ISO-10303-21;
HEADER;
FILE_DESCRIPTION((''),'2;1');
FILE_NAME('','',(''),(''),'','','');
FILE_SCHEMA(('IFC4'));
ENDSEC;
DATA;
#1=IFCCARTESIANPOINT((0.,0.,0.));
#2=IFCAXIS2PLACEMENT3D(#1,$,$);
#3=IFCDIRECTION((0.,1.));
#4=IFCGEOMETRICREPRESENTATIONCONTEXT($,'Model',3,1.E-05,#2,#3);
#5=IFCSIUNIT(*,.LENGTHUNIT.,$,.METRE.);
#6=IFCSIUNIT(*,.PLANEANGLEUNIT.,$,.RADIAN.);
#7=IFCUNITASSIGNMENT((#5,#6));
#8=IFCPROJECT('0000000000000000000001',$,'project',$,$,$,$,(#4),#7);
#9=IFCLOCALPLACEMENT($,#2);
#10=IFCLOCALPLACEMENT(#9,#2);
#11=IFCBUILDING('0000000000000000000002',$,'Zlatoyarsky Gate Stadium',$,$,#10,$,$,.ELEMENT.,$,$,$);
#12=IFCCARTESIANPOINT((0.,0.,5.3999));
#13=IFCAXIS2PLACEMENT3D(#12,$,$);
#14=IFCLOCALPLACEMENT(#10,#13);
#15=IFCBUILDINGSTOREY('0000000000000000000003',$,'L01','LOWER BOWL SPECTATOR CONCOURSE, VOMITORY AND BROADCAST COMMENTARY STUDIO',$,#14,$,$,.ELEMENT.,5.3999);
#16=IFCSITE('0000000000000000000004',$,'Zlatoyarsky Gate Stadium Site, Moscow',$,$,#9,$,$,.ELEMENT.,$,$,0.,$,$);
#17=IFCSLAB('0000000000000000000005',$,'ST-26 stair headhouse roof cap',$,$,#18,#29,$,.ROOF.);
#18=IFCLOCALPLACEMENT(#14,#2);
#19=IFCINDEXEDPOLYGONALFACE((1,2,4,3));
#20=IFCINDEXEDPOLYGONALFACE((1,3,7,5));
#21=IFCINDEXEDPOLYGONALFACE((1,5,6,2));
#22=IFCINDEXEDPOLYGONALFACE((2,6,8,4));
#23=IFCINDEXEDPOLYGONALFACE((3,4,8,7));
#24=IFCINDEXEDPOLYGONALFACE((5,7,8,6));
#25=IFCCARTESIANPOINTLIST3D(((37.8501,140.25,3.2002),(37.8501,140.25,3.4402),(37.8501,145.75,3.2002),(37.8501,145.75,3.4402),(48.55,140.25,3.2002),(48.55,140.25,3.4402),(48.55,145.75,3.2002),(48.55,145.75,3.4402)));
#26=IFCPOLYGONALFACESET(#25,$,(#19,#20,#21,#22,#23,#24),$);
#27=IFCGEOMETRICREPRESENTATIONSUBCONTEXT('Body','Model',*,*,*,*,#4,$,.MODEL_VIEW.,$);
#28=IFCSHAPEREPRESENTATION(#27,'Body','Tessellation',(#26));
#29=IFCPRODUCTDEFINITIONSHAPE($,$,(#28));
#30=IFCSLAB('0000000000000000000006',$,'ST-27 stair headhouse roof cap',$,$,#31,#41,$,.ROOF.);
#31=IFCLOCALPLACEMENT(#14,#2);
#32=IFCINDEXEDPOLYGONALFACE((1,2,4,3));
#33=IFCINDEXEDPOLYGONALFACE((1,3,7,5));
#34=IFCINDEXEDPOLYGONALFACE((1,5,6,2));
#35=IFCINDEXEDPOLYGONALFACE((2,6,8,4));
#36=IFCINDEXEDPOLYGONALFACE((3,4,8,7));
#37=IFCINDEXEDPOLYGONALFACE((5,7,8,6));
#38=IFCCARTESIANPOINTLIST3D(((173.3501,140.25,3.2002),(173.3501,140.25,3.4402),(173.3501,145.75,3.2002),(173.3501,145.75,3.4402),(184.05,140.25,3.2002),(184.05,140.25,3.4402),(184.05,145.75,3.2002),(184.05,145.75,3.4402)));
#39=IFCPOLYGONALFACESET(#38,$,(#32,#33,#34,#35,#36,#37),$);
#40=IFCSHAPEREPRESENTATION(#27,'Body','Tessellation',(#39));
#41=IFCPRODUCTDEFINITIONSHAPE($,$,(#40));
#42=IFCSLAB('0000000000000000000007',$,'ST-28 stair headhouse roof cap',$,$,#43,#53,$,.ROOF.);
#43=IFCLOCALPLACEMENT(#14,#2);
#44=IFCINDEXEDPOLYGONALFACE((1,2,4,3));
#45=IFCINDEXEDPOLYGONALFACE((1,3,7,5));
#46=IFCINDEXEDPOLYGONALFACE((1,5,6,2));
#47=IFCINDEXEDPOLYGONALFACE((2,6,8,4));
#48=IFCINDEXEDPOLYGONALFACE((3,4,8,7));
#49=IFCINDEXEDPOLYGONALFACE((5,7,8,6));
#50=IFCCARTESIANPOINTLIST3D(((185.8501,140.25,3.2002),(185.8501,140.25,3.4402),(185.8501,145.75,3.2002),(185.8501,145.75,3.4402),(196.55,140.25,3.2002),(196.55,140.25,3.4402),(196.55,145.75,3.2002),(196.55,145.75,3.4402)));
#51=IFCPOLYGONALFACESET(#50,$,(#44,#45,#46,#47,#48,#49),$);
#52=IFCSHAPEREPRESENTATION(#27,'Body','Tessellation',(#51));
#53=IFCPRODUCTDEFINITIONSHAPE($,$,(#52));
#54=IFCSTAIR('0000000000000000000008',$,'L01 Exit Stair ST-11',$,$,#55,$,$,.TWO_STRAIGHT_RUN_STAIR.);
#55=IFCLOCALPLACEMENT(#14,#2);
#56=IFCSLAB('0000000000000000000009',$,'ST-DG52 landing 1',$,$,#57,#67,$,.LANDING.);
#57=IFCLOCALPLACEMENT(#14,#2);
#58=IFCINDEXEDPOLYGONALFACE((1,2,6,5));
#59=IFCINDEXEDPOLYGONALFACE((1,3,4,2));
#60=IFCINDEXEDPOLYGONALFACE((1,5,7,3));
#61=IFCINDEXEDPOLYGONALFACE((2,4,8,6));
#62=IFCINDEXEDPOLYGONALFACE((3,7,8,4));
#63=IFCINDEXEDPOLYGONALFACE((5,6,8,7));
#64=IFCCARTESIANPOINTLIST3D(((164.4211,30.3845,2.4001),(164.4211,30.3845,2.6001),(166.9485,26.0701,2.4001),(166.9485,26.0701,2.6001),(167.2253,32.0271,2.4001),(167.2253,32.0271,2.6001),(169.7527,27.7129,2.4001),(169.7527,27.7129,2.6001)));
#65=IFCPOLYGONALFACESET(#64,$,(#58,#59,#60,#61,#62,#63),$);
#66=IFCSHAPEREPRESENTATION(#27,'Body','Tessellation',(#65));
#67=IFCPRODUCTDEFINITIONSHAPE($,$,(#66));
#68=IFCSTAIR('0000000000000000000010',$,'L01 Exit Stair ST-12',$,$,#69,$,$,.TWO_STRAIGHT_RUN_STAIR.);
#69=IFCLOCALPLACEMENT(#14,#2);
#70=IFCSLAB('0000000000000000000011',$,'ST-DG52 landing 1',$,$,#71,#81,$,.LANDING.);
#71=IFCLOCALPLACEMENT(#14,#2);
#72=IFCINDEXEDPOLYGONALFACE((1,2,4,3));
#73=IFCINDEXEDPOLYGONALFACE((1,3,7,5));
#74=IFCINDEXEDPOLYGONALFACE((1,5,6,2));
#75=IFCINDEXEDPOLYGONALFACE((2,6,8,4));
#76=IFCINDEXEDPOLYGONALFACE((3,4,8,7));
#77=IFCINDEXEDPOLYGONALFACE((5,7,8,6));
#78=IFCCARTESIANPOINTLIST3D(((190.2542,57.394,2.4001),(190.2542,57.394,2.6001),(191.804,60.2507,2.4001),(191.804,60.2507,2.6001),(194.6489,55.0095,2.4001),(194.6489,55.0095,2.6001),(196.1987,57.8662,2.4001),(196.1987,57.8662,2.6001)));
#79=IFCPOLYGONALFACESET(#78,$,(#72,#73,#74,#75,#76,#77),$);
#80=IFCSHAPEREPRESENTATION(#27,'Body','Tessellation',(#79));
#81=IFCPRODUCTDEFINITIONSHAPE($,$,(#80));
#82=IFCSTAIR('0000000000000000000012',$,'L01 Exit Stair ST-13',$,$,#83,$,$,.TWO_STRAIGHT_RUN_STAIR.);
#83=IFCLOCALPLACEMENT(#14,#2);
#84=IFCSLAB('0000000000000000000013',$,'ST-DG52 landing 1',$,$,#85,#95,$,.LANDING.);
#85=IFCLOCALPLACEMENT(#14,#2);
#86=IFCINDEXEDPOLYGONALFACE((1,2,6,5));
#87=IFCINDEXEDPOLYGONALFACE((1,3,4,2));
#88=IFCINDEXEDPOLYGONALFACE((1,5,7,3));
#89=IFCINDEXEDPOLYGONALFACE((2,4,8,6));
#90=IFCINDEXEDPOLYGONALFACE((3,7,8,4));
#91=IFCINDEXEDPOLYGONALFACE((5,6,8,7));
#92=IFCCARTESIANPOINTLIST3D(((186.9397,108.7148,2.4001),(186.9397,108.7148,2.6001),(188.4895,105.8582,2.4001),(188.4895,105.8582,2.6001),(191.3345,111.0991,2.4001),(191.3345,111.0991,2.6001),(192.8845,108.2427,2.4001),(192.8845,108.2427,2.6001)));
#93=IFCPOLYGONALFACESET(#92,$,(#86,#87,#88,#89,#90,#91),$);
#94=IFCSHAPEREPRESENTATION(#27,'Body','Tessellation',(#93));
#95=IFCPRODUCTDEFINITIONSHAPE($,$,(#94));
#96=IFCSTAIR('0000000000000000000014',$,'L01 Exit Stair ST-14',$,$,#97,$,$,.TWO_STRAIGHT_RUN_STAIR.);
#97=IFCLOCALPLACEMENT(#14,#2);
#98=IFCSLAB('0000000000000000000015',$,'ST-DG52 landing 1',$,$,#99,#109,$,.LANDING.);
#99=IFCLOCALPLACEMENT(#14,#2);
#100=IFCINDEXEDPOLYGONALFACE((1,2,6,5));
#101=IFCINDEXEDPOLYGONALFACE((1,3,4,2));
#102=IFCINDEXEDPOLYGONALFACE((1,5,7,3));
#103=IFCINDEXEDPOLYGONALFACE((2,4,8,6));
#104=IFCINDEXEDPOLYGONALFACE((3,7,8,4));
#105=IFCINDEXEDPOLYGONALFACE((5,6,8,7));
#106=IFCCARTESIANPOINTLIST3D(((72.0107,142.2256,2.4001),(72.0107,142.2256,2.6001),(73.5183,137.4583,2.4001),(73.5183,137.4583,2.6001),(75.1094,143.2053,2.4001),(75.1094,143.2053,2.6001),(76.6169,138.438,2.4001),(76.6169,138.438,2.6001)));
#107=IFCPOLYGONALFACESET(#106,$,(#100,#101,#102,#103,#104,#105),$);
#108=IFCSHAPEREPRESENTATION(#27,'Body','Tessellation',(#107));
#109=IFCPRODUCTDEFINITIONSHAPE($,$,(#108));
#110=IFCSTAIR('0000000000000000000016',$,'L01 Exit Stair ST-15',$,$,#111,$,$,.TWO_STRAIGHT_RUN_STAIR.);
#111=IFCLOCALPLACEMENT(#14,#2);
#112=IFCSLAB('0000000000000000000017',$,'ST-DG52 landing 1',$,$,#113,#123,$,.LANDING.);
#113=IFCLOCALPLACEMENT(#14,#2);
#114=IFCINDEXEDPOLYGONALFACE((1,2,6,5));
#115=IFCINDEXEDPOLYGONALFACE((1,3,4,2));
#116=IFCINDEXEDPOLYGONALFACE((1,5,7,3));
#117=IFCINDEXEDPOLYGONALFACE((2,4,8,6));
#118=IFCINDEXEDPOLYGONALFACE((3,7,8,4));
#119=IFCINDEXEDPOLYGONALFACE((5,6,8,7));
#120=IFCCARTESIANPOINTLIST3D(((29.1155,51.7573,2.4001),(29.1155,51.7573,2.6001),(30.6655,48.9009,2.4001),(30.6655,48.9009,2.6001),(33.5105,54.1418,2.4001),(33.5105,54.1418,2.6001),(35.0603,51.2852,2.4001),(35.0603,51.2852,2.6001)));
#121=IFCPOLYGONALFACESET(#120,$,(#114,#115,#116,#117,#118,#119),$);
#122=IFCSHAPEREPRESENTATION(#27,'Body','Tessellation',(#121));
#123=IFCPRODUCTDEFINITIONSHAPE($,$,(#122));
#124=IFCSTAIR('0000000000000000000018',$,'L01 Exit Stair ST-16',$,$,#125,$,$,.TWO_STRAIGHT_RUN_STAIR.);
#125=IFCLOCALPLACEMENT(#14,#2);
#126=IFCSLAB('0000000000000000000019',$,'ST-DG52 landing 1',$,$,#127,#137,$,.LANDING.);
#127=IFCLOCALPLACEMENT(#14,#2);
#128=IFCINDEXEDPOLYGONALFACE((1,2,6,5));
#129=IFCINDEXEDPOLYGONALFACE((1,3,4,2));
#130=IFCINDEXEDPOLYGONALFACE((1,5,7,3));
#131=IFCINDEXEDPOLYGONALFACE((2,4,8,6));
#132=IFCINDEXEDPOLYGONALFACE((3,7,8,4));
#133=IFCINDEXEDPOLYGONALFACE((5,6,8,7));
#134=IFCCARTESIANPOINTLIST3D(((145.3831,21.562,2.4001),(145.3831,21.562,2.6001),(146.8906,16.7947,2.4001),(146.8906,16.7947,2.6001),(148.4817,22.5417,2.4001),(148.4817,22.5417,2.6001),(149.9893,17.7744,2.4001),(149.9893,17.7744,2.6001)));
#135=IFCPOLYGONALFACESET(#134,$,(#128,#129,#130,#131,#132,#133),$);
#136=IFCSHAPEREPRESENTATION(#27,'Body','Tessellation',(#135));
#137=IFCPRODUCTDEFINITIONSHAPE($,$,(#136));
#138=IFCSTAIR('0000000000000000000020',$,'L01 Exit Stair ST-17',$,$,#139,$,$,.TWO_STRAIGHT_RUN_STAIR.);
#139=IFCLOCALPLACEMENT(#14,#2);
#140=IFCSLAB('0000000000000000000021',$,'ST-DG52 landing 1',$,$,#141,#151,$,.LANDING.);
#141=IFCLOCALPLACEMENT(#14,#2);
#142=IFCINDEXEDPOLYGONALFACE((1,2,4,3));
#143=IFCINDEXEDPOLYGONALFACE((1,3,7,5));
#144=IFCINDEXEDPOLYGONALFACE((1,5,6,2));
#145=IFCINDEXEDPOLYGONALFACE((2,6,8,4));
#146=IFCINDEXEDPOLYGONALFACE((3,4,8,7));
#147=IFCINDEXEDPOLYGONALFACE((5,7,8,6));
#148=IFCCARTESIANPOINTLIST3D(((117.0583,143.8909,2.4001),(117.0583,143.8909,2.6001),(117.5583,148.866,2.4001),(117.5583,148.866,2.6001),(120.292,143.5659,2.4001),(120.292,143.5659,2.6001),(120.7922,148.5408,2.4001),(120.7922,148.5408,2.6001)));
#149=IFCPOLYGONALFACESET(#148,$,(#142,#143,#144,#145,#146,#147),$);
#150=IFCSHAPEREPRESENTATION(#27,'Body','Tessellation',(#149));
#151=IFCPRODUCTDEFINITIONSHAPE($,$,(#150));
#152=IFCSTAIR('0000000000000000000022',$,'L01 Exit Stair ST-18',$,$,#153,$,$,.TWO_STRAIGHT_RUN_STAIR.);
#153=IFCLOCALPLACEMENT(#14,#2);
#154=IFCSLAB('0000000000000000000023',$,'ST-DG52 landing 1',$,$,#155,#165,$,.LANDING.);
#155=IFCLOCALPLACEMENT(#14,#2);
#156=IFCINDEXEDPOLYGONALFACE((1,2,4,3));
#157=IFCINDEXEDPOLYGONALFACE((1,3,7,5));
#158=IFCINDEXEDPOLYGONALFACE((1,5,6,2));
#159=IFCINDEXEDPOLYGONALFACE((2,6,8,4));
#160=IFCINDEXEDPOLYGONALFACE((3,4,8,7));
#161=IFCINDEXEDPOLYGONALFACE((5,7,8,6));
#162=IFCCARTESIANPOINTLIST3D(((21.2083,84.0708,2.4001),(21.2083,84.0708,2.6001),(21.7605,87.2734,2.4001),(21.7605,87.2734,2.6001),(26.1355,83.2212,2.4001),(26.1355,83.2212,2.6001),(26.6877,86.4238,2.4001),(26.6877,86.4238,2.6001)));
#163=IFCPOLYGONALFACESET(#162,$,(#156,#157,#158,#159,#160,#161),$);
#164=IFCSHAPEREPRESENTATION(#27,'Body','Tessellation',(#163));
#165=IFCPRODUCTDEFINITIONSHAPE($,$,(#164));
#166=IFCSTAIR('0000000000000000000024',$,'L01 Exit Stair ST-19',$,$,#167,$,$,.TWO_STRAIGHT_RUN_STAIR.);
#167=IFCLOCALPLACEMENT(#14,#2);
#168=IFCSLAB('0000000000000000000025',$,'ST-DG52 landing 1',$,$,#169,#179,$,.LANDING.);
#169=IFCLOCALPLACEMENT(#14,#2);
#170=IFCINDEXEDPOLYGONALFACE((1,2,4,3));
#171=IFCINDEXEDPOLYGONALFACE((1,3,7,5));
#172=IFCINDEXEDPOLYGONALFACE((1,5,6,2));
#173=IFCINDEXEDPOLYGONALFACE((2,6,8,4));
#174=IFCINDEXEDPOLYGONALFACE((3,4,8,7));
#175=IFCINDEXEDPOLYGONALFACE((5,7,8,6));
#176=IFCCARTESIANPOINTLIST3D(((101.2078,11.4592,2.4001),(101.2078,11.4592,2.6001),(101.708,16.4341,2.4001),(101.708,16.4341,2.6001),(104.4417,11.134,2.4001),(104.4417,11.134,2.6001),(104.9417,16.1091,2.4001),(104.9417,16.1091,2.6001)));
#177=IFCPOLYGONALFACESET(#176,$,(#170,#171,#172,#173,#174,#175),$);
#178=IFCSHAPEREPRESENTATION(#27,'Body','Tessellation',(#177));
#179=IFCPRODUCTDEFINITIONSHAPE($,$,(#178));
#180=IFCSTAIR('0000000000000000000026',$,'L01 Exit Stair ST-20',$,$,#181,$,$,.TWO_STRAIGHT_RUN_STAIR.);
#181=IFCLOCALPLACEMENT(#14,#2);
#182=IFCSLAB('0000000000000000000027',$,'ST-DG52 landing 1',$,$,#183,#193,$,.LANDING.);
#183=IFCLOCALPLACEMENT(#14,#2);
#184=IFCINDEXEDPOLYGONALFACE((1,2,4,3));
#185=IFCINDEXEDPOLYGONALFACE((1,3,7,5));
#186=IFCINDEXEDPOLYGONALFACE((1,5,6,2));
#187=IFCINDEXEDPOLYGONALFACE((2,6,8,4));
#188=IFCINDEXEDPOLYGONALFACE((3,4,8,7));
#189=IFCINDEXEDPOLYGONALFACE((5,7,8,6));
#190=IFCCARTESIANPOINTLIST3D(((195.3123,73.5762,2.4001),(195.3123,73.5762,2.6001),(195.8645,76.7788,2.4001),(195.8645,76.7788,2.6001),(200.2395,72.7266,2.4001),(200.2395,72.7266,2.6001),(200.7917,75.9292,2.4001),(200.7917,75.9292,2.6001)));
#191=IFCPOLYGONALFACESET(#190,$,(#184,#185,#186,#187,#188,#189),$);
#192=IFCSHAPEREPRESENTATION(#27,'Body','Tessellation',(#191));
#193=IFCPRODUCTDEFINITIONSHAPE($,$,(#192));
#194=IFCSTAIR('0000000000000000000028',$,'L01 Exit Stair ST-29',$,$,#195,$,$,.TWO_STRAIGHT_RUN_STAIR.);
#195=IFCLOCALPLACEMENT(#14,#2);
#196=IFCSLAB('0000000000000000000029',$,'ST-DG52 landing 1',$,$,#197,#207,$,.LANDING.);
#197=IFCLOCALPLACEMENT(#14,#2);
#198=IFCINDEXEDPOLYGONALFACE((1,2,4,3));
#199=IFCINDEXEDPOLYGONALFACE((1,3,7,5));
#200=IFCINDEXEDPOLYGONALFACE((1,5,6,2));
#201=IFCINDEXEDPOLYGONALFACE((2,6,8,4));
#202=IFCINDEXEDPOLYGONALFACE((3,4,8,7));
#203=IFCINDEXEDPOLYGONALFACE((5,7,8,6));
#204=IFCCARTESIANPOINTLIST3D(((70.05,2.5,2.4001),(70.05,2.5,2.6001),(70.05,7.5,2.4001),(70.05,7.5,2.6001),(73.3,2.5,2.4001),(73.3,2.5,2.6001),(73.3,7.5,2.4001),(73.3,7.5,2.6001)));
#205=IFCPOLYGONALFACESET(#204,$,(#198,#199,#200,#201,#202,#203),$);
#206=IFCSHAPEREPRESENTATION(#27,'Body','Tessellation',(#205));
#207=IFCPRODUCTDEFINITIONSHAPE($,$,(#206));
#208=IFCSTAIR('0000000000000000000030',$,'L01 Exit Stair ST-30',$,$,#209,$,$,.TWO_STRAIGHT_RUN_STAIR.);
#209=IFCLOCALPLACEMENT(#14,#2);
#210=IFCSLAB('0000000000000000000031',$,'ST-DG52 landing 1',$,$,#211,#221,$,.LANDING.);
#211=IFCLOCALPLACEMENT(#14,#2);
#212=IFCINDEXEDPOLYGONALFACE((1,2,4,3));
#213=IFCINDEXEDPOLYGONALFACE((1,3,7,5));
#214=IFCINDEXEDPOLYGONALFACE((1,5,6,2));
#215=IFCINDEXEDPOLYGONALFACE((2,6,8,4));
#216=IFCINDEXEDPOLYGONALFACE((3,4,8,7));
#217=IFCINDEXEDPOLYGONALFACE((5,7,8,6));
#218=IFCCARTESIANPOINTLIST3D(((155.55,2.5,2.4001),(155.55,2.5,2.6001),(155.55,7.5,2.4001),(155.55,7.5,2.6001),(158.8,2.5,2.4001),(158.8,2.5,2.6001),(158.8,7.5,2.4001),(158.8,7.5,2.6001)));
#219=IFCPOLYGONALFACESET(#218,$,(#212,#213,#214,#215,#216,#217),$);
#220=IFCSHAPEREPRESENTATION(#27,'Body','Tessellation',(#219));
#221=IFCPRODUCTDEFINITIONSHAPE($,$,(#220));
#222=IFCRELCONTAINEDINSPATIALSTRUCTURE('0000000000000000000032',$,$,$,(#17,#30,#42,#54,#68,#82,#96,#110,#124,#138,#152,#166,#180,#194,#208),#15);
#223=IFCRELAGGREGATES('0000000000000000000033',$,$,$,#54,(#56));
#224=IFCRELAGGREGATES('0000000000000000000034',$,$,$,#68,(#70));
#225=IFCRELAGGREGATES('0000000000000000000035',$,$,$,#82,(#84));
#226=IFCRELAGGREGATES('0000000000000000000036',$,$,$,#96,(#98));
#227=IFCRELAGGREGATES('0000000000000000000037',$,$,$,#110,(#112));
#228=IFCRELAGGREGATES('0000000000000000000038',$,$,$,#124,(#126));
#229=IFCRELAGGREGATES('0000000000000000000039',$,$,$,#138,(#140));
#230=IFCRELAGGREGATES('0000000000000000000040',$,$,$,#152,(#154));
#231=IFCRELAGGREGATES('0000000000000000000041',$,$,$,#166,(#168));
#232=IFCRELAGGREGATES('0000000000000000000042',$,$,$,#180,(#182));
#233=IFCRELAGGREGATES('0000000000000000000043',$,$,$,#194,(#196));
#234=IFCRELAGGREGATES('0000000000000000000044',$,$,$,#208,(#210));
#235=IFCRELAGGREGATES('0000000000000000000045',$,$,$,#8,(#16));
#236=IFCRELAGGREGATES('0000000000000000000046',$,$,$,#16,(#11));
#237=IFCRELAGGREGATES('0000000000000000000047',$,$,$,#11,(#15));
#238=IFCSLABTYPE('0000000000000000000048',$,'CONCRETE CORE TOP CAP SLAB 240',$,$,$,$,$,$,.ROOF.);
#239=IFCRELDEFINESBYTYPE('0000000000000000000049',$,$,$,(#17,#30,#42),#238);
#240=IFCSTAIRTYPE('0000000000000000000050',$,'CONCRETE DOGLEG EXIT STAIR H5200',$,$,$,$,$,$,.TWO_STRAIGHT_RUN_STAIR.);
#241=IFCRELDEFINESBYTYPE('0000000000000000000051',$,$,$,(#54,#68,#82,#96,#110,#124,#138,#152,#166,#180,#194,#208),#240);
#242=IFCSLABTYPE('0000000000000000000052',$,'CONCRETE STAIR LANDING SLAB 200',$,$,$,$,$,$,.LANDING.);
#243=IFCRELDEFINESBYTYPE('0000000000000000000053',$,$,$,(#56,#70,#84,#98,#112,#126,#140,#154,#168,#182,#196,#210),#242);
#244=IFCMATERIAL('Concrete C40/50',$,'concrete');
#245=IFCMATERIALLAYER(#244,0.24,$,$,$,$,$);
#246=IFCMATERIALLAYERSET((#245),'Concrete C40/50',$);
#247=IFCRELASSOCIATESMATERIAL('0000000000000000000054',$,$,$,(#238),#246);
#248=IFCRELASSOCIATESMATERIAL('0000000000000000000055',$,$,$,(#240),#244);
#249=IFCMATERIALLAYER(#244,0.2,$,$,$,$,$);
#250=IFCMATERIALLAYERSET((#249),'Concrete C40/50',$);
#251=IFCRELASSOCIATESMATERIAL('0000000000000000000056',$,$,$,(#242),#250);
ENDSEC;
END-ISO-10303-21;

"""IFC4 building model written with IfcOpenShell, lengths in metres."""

from ifc_helpers import new_model, si_unit, direction, frame, origin, place, context, subcontext, project, spatial, polyline, outline, extrude, material, layer, layer_set, type_object, element, aggregate, save


model = new_model("IFC4")

# Units and contexts
model_context = context("Model", 3, precision=1e-05, world=origin(), true_north=direction((0.0, 1.0)))
body_context = subcontext(model_context, "Body", "Model", "MODEL_VIEW")
ifc_project = project(units=[si_unit("LENGTHUNIT", "METRE"), si_unit("PLANEANGLEUNIT", "RADIAN")], contexts=[model_context])

# Site, building, storey
site_placement = place(None, origin())
site = spatial("IfcSite", under=ifc_project, at=site_placement, Name="Zlatoyarsky Gate Stadium Site, Moscow", CompositionType="ELEMENT", RefElevation=0.0)
building_placement = place(site_placement, origin())
building = spatial("IfcBuilding", under=site, at=building_placement, Name="Zlatoyarsky Gate Stadium", CompositionType="ELEMENT")
storey_placement = place(building_placement, frame((0.0, 0.0, 5.3999)))
storey = spatial("IfcBuildingStorey", under=building, at=storey_placement, Name="L01", Description="LOWER BOWL SPECTATOR CONCOURSE, VOMITORY AND BROADCAST COMMENTARY STUDIO", CompositionType="ELEMENT", Elevation=5.3999)

# Slabs
ifc_material_1 = material(Name="Concrete C40/50", Category="concrete")
ifc_layer_1 = layer(ifc_material_1, 0.24)
ifc_layer_set_1 = layer_set([ifc_layer_1], Name="Concrete C40/50")
slab_type_1 = type_object("IfcSlabType", Name="CONCRETE CORE TOP CAP SLAB 240", PredefinedType="ROOF", material=ifc_layer_set_1)
slab_1_placement = place(storey_placement, frame((0.0, 0.0, 3.2002)))
element("IfcSlab", 1, at=slab_1_placement, inside=storey, type_object=slab_type_1, Name="ST-26 stair headhouse roof cap", PredefinedType="ROOF", context=body_context, shape_type="SweptSolid", body=[
    extrude(outline(polyline([(37.8501, 140.25), (48.55, 140.25), (48.55, 145.75), (37.8501, 145.75), (37.8501, 140.25)])), origin(), (0.0, 0.0, 1.0), 0.24),
])
slab_2_placement = place(storey_placement, frame((0.0, 0.0, 3.2002)))
element("IfcSlab", 2, at=slab_2_placement, inside=storey, type_object=slab_type_1, Name="ST-27 stair headhouse roof cap", PredefinedType="ROOF", context=body_context, shape_type="SweptSolid", body=[
    extrude(outline(polyline([(173.3501, 140.25), (184.05, 140.25), (184.05, 145.75), (173.3501, 145.75), (173.3501, 140.25)])), origin(), (0.0, 0.0, 1.0), 0.24),
])
slab_3_placement = place(storey_placement, frame((0.0, 0.0, 3.2002)))
element("IfcSlab", 3, at=slab_3_placement, inside=storey, type_object=slab_type_1, Name="ST-28 stair headhouse roof cap", PredefinedType="ROOF", context=body_context, shape_type="SweptSolid", body=[
    extrude(outline(polyline([(185.8501, 140.25), (196.55, 140.25), (196.55, 145.75), (185.8501, 145.75), (185.8501, 140.25)])), origin(), (0.0, 0.0, 1.0), 0.24),
])

# Stairs, slabs
stair_type = type_object("IfcStairType", Name="CONCRETE DOGLEG EXIT STAIR H5200", PredefinedType="TWO_STRAIGHT_RUN_STAIR", material=ifc_material_1)
stair_1_placement = place(storey_placement, origin())
stair_1 = element("IfcStair", 4, at=stair_1_placement, inside=storey, type_object=stair_type, Name="L01 Exit Stair ST-11", PredefinedType="TWO_STRAIGHT_RUN_STAIR")
ifc_layer_2 = layer(ifc_material_1, 0.2)
ifc_layer_set_2 = layer_set([ifc_layer_2], Name="Concrete C40/50")
slab_type_2 = type_object("IfcSlabType", Name="CONCRETE STAIR LANDING SLAB 200", PredefinedType="LANDING", material=ifc_layer_set_2)
slab_4_placement = place(storey_placement, frame((0.0, 0.0, 2.4001)))
slab_4 = element("IfcSlab", 5, at=slab_4_placement, type_object=slab_type_2, Name="ST-DG52 landing 1", PredefinedType="LANDING", context=body_context, shape_type="SweptSolid", body=[
    extrude(outline(polyline([(166.9485, 26.0701), (169.7527, 27.7129), (167.2253, 32.0271), (164.4211, 30.3845), (166.9485, 26.0701)])), origin(), (0.0, 0.0, 1.0), 0.2),
])
aggregate(stair_1, [slab_4])
stair_2_placement = place(storey_placement, origin())
stair_2 = element("IfcStair", 6, at=stair_2_placement, inside=storey, type_object=stair_type, Name="L01 Exit Stair ST-12", PredefinedType="TWO_STRAIGHT_RUN_STAIR")
slab_5_placement = place(storey_placement, frame((0.0, 0.0, 2.4001)))
slab_5 = element("IfcSlab", 7, at=slab_5_placement, type_object=slab_type_2, Name="ST-DG52 landing 1", PredefinedType="LANDING", context=body_context, shape_type="SweptSolid", body=[
    extrude(outline(polyline([(194.6489, 55.0095), (196.1987, 57.8662), (191.804, 60.2507), (190.2542, 57.394), (194.6489, 55.0095)])), origin(), (0.0, 0.0, 1.0), 0.2),
])
aggregate(stair_2, [slab_5])
stair_3_placement = place(storey_placement, origin())
stair_3 = element("IfcStair", 8, at=stair_3_placement, inside=storey, type_object=stair_type, Name="L01 Exit Stair ST-13", PredefinedType="TWO_STRAIGHT_RUN_STAIR")
slab_6_placement = place(storey_placement, frame((0.0, 0.0, 2.4001)))
slab_6 = element("IfcSlab", 9, at=slab_6_placement, type_object=slab_type_2, Name="ST-DG52 landing 1", PredefinedType="LANDING", context=body_context, shape_type="SweptSolid", body=[
    extrude(outline(polyline([(192.8845, 108.2427), (191.3345, 111.0991), (186.9397, 108.7148), (188.4895, 105.8582), (192.8845, 108.2427)])), origin(), (0.0, 0.0, 1.0), 0.2),
])
aggregate(stair_3, [slab_6])
stair_4_placement = place(storey_placement, origin())
stair_4 = element("IfcStair", 10, at=stair_4_placement, inside=storey, type_object=stair_type, Name="L01 Exit Stair ST-14", PredefinedType="TWO_STRAIGHT_RUN_STAIR")
slab_7_placement = place(storey_placement, frame((0.0, 0.0, 2.4001)))
slab_7 = element("IfcSlab", 11, at=slab_7_placement, type_object=slab_type_2, Name="ST-DG52 landing 1", PredefinedType="LANDING", context=body_context, shape_type="SweptSolid", body=[
    extrude(outline(polyline([(75.1094, 143.2053), (72.0107, 142.2256), (73.5183, 137.4583), (76.6169, 138.438), (75.1094, 143.2053)])), origin(), (0.0, 0.0, 1.0), 0.2),
])
aggregate(stair_4, [slab_7])
stair_5_placement = place(storey_placement, origin())
stair_5 = element("IfcStair", 12, at=stair_5_placement, inside=storey, type_object=stair_type, Name="L01 Exit Stair ST-15", PredefinedType="TWO_STRAIGHT_RUN_STAIR")
slab_8_placement = place(storey_placement, frame((0.0, 0.0, 2.4001)))
slab_8 = element("IfcSlab", 13, at=slab_8_placement, type_object=slab_type_2, Name="ST-DG52 landing 1", PredefinedType="LANDING", context=body_context, shape_type="SweptSolid", body=[
    extrude(outline(polyline([(29.1155, 51.7573), (30.6655, 48.9009), (35.0603, 51.2852), (33.5105, 54.1418), (29.1155, 51.7573)])), origin(), (0.0, 0.0, 1.0), 0.2),
])
aggregate(stair_5, [slab_8])
stair_6_placement = place(storey_placement, origin())
stair_6 = element("IfcStair", 14, at=stair_6_placement, inside=storey, type_object=stair_type, Name="L01 Exit Stair ST-16", PredefinedType="TWO_STRAIGHT_RUN_STAIR")
slab_9_placement = place(storey_placement, frame((0.0, 0.0, 2.4001)))
slab_9 = element("IfcSlab", 15, at=slab_9_placement, type_object=slab_type_2, Name="ST-DG52 landing 1", PredefinedType="LANDING", context=body_context, shape_type="SweptSolid", body=[
    extrude(outline(polyline([(146.8906, 16.7947), (149.9893, 17.7744), (148.4817, 22.5417), (145.3831, 21.562), (146.8906, 16.7947)])), origin(), (0.0, 0.0, 1.0), 0.2),
])
aggregate(stair_6, [slab_9])
stair_7_placement = place(storey_placement, origin())
stair_7 = element("IfcStair", 16, at=stair_7_placement, inside=storey, type_object=stair_type, Name="L01 Exit Stair ST-17", PredefinedType="TWO_STRAIGHT_RUN_STAIR")
slab_10_placement = place(storey_placement, frame((0.0, 0.0, 2.4001)))
slab_10 = element("IfcSlab", 17, at=slab_10_placement, type_object=slab_type_2, Name="ST-DG52 landing 1", PredefinedType="LANDING", context=body_context, shape_type="SweptSolid", body=[
    extrude(outline(polyline([(120.7922, 148.5408), (117.5583, 148.866), (117.0583, 143.8909), (120.292, 143.5659), (120.7922, 148.5408)])), origin(), (0.0, 0.0, 1.0), 0.2),
])
aggregate(stair_7, [slab_10])
stair_8_placement = place(storey_placement, origin())
stair_8 = element("IfcStair", 18, at=stair_8_placement, inside=storey, type_object=stair_type, Name="L01 Exit Stair ST-18", PredefinedType="TWO_STRAIGHT_RUN_STAIR")
slab_11_placement = place(storey_placement, frame((0.0, 0.0, 2.4001)))
slab_11 = element("IfcSlab", 19, at=slab_11_placement, type_object=slab_type_2, Name="ST-DG52 landing 1", PredefinedType="LANDING", context=body_context, shape_type="SweptSolid", body=[
    extrude(outline(polyline([(21.7605, 87.2734), (21.2083, 84.0708), (26.1355, 83.2212), (26.6877, 86.4238), (21.7605, 87.2734)])), origin(), (0.0, 0.0, 1.0), 0.2),
])
aggregate(stair_8, [slab_11])
stair_9_placement = place(storey_placement, origin())
stair_9 = element("IfcStair", 20, at=stair_9_placement, inside=storey, type_object=stair_type, Name="L01 Exit Stair ST-19", PredefinedType="TWO_STRAIGHT_RUN_STAIR")
slab_12_placement = place(storey_placement, frame((0.0, 0.0, 2.4001)))
slab_12 = element("IfcSlab", 21, at=slab_12_placement, type_object=slab_type_2, Name="ST-DG52 landing 1", PredefinedType="LANDING", context=body_context, shape_type="SweptSolid", body=[
    extrude(outline(polyline([(101.2078, 11.4592), (104.4417, 11.134), (104.9417, 16.1091), (101.708, 16.4341), (101.2078, 11.4592)])), origin(), (0.0, 0.0, 1.0), 0.2),
])
aggregate(stair_9, [slab_12])
stair_10_placement = place(storey_placement, origin())
stair_10 = element("IfcStair", 22, at=stair_10_placement, inside=storey, type_object=stair_type, Name="L01 Exit Stair ST-20", PredefinedType="TWO_STRAIGHT_RUN_STAIR")
slab_13_placement = place(storey_placement, frame((0.0, 0.0, 2.4001)))
slab_13 = element("IfcSlab", 23, at=slab_13_placement, type_object=slab_type_2, Name="ST-DG52 landing 1", PredefinedType="LANDING", context=body_context, shape_type="SweptSolid", body=[
    extrude(outline(polyline([(200.2395, 72.7266), (200.7917, 75.9292), (195.8645, 76.7788), (195.3123, 73.5762), (200.2395, 72.7266)])), origin(), (0.0, 0.0, 1.0), 0.2),
])
aggregate(stair_10, [slab_13])
stair_11_placement = place(storey_placement, origin())
stair_11 = element("IfcStair", 24, at=stair_11_placement, inside=storey, type_object=stair_type, Name="L01 Exit Stair ST-29", PredefinedType="TWO_STRAIGHT_RUN_STAIR")
slab_14_placement = place(storey_placement, frame((0.0, 0.0, 2.4001)))
slab_14 = element("IfcSlab", 25, at=slab_14_placement, type_object=slab_type_2, Name="ST-DG52 landing 1", PredefinedType="LANDING", context=body_context, shape_type="SweptSolid", body=[
    extrude(outline(polyline([(70.05, 2.5), (73.3, 2.5), (73.3, 7.5), (70.05, 7.5), (70.05, 2.5)])), origin(), (0.0, 0.0, 1.0), 0.2),
])
aggregate(stair_11, [slab_14])
stair_12_placement = place(storey_placement, origin())
stair_12 = element("IfcStair", 26, at=stair_12_placement, inside=storey, type_object=stair_type, Name="L01 Exit Stair ST-30", PredefinedType="TWO_STRAIGHT_RUN_STAIR")
slab_15_placement = place(storey_placement, frame((0.0, 0.0, 2.4001)))
slab_15 = element("IfcSlab", 27, at=slab_15_placement, type_object=slab_type_2, Name="ST-DG52 landing 1", PredefinedType="LANDING", context=body_context, shape_type="SweptSolid", body=[
    extrude(outline(polyline([(155.55, 2.5), (158.8, 2.5), (158.8, 7.5), (155.55, 7.5), (155.55, 2.5)])), origin(), (0.0, 0.0, 1.0), 0.2),
])
aggregate(stair_12, [slab_15])

save(model, "model.ifc")
